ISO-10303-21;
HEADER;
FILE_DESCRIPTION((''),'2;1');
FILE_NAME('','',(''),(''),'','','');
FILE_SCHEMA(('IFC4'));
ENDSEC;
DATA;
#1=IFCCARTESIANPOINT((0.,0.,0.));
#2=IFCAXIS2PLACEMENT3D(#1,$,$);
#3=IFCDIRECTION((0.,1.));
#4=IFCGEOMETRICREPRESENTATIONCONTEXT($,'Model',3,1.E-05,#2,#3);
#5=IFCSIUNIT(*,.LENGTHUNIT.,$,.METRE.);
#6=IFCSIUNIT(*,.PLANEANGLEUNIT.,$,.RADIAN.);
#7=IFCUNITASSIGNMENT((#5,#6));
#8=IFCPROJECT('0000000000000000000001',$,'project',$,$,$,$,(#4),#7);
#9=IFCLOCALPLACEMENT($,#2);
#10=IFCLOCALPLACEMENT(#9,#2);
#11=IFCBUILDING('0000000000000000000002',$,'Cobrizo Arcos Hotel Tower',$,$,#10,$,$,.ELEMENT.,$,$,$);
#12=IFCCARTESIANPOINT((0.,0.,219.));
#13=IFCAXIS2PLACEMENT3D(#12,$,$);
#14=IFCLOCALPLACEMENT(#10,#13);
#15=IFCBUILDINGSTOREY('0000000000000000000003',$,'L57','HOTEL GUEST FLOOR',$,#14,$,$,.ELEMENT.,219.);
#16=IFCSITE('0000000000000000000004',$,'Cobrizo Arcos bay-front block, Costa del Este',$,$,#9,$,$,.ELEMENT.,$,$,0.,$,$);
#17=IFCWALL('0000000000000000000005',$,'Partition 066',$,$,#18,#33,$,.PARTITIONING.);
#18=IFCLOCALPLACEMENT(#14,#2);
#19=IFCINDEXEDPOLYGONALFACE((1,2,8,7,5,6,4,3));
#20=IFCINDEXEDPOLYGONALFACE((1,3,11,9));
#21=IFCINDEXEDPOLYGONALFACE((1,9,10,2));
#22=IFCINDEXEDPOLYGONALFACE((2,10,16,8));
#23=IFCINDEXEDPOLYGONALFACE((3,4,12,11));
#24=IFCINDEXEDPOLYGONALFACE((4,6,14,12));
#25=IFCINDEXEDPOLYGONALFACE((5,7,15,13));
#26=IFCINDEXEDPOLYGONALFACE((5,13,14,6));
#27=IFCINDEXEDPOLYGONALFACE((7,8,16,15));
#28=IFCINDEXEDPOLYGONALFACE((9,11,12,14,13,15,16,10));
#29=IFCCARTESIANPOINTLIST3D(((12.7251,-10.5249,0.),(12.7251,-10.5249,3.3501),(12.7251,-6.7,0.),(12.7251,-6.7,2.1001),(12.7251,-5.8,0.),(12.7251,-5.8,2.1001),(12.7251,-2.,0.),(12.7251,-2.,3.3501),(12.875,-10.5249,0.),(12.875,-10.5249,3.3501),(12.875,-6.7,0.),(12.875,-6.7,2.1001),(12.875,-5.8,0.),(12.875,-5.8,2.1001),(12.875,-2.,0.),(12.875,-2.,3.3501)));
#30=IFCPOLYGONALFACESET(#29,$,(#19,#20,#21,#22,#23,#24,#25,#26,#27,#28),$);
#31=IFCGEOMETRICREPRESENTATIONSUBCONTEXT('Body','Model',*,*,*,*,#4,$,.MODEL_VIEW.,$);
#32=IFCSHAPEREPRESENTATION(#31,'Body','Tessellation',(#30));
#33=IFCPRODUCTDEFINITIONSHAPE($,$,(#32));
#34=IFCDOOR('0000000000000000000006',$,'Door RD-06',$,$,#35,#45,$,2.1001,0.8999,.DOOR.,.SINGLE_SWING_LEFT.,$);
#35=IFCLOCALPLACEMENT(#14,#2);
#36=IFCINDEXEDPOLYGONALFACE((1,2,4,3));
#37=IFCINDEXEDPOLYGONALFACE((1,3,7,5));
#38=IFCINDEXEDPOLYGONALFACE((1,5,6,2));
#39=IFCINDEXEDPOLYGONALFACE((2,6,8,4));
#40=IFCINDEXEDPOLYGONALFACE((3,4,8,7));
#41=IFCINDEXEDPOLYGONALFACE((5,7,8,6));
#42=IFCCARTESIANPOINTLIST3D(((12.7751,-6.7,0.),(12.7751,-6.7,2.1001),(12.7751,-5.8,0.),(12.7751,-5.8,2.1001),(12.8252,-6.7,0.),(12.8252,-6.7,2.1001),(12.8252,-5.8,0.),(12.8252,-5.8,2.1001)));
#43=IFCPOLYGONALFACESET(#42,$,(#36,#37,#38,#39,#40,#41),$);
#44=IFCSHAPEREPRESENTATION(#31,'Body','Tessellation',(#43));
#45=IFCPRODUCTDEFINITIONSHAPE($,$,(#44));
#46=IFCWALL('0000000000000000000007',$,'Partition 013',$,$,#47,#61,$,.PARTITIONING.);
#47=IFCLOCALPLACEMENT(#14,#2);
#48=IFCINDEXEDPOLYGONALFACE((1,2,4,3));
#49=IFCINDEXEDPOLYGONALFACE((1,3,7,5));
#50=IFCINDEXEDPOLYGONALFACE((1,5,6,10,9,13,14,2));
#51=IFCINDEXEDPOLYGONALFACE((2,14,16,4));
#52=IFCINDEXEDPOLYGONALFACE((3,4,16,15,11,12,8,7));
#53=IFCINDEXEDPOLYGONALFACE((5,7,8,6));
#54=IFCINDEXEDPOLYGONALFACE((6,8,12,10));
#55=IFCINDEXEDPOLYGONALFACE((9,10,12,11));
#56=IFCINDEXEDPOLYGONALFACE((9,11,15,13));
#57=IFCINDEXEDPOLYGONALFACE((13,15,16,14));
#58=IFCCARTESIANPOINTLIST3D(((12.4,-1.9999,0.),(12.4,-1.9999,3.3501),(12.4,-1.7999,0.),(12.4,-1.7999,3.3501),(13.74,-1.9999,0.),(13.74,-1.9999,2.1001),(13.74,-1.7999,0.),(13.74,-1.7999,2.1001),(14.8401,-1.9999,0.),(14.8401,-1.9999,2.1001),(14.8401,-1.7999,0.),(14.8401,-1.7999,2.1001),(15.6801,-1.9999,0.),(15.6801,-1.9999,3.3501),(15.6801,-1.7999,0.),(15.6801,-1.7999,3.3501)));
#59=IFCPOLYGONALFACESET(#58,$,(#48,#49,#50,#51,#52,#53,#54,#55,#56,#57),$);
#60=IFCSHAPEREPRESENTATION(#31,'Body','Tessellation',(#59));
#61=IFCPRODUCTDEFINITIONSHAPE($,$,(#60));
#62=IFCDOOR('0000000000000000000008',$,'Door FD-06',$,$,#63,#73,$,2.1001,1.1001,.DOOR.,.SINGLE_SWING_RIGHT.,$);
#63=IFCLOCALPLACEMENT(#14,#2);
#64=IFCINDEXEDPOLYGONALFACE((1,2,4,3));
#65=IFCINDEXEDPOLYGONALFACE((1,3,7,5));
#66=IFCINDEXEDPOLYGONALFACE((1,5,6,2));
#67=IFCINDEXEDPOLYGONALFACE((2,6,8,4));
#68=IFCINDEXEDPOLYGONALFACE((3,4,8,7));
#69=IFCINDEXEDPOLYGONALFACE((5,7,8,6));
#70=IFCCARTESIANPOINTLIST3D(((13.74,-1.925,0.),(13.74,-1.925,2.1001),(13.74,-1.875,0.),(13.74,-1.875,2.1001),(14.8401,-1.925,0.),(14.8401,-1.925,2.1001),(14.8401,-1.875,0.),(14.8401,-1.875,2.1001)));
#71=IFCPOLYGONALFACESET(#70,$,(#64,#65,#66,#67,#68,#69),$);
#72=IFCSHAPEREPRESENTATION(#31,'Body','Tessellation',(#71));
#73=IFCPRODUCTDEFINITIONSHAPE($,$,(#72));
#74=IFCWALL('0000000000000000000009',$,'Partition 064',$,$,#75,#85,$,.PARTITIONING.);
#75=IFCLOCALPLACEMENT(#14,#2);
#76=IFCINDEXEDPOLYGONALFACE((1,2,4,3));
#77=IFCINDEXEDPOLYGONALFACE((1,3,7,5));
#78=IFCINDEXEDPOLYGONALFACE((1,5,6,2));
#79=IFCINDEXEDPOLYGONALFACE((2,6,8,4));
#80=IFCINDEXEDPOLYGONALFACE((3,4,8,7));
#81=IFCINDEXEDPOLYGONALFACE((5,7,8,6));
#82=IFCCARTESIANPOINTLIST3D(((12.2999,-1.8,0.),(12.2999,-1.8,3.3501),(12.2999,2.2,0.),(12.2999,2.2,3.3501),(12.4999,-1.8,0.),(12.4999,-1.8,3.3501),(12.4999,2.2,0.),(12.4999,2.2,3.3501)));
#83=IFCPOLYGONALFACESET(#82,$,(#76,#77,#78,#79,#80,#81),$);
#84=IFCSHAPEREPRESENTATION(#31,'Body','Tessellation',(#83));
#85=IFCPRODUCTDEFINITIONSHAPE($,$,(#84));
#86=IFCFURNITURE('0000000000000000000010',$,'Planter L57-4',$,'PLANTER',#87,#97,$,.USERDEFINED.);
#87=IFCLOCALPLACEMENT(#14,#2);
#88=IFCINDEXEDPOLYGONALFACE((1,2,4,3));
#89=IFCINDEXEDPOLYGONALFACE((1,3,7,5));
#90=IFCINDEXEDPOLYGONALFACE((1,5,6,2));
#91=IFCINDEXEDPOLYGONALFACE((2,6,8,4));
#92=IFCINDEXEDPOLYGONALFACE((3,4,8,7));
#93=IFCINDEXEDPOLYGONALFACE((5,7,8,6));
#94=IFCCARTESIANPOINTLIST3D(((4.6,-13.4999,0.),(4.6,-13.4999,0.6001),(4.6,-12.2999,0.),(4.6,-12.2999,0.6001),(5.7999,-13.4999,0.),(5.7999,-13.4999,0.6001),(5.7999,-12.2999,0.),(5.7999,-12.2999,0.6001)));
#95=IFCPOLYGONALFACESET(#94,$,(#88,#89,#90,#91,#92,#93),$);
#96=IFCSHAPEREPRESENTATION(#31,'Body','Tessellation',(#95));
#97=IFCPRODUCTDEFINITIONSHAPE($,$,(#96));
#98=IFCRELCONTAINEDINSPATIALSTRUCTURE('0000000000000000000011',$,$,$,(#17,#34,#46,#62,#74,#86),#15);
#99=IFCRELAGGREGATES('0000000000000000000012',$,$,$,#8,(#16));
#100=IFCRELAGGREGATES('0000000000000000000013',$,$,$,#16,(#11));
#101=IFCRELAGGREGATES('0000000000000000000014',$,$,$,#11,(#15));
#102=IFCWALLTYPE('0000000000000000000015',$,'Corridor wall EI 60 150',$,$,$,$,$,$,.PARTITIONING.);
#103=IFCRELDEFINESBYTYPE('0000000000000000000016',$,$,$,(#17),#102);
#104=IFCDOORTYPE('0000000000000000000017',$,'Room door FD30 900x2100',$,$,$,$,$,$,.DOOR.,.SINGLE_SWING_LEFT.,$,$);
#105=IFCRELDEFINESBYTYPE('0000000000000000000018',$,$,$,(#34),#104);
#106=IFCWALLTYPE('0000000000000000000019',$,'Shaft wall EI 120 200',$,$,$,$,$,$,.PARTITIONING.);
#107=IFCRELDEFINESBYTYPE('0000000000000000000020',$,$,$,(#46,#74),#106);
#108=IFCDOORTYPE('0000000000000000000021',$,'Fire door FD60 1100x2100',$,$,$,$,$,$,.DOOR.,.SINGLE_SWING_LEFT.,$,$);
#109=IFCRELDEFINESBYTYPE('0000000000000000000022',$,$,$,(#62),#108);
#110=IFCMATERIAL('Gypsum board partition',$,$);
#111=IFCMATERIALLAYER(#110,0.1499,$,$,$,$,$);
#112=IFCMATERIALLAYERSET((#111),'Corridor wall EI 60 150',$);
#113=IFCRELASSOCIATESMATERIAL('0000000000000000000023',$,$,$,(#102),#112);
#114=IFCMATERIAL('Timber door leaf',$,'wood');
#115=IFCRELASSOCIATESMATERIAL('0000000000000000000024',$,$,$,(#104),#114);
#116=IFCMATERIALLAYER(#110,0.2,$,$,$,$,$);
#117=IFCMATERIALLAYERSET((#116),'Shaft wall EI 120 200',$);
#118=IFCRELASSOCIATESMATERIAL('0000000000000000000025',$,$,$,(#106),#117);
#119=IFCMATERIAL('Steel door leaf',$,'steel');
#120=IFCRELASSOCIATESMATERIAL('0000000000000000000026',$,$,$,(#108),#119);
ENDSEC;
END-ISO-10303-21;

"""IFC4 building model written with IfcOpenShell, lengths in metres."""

from ifc_helpers import new_model, si_unit, direction, frame, frame_2d, origin, origin_2d, place, context, subcontext, project, spatial, rectangle, extrude, material, layer, layer_set, type_object, element, fill, save


model = new_model("IFC4")

# Units and contexts
model_context = context("Model", 3, precision=1e-05, world=origin(), true_north=direction((0.0, 1.0)))
body_context = subcontext(model_context, "Body", "Model", "MODEL_VIEW")
ifc_project = project(units=[si_unit("LENGTHUNIT", "METRE"), si_unit("PLANEANGLEUNIT", "RADIAN")], contexts=[model_context])

# Site, building, storey
site_placement = place(None, origin())
site = spatial("IfcSite", under=ifc_project, at=site_placement, Name="Cobrizo Arcos bay-front block, Costa del Este", CompositionType="ELEMENT", RefElevation=0.0)
building_placement = place(site_placement, origin())
building = spatial("IfcBuilding", under=site, at=building_placement, Name="Cobrizo Arcos Hotel Tower", CompositionType="ELEMENT")
storey_placement = place(building_placement, frame((0.0, 0.0, 219.0)))
storey = spatial("IfcBuildingStorey", under=building, at=storey_placement, Name="L57", Description="HOTEL GUEST FLOOR", CompositionType="ELEMENT", Elevation=219.0)

# Shared definitions
ifc_material_1 = material(Name="Gypsum board partition")
ifc_layer_1 = layer(ifc_material_1, 0.1499)
ifc_layer_set_1 = layer_set([ifc_layer_1], Name="Corridor wall EI 60 150")
wall_type_1 = type_object("IfcWallType", Name="Corridor wall EI 60 150", PredefinedType="PARTITIONING", material=ifc_layer_set_1)
ifc_material_2 = material(Name="Timber door leaf", Category="wood")

# Walls, openings, doors
wall_1_placement = place(storey_placement, frame((12.8, -10.5249, 0.0), z_axis=(0.0, 0.0, 1.0), x_axis=(0.0, 1.0, 0.0)))
wall_1 = element("IfcWall", 1, at=wall_1_placement, inside=storey, type_object=wall_type_1, Name="Partition 066", PredefinedType="PARTITIONING", context=body_context, shape_type="SweptSolid", body=[
    extrude(rectangle(XDim=8.5249, YDim=0.1499, at=frame_2d((4.2625, 0.0))), origin(), (0.0, 0.0, 1.0), 3.3501),
])
opening_1_placement = place(wall_1_placement, frame((3.825, 0.0, 0.0)))
opening_1 = element("IfcOpeningElement", 2, at=opening_1_placement, cuts=wall_1, PredefinedType="OPENING", context=body_context, shape_type="SweptSolid", body=[
    extrude(rectangle(XDim=0.8999, YDim=2.1001, at=frame_2d((0.45, 1.05))), frame((0.0, 0.0869, 0.0), z_axis=(0.0, -1.0, 0.0), x_axis=(1.0, 0.0, 0.0)), (0.0, 0.0, 1.0), 0.1738),
])
door_type_1 = type_object("IfcDoorType", Name="Room door FD30 900x2100", OperationType="SINGLE_SWING_LEFT", PredefinedType="DOOR", material=ifc_material_2)
door_1_placement = place(opening_1_placement, origin())
door_1 = element("IfcDoor", 3, at=door_1_placement, inside=storey, type_object=door_type_1, Name="Door RD-06", OperationType="SINGLE_SWING_LEFT", OverallHeight=2.1001, OverallWidth=0.8999, PredefinedType="DOOR", context=body_context, shape_type="SweptSolid", body=[
    extrude(rectangle(XDim=0.8999, YDim=2.1001, at=frame_2d((0.45, 1.05))), frame((0.0, 0.0249, 0.0), z_axis=(0.0, -1.0, 0.0), x_axis=(1.0, 0.0, 0.0)), (0.0, 0.0, 1.0), 0.05),
])
fill(opening_1, door_1)
ifc_layer_2 = layer(ifc_material_1, 0.2)
ifc_layer_set_2 = layer_set([ifc_layer_2], Name="Shaft wall EI 120 200")
wall_type_2 = type_object("IfcWallType", Name="Shaft wall EI 120 200", PredefinedType="PARTITIONING", material=ifc_layer_set_2)
wall_2_placement = place(storey_placement, frame((12.3999, -1.8999, 0.0), z_axis=(0.0, 0.0, 1.0), x_axis=(1.0, 0.0, 0.0)))
wall_2 = element("IfcWall", 4, at=wall_2_placement, inside=storey, type_object=wall_type_2, Name="Partition 013", PredefinedType="PARTITIONING", context=body_context, shape_type="SweptSolid", body=[
    extrude(rectangle(XDim=3.28, YDim=0.2, at=frame_2d((1.6401, 0.0))), origin(), (0.0, 0.0, 1.0), 3.3501),
])
opening_2_placement = place(wall_2_placement, frame((1.3401, 0.0, 0.0)))
opening_2 = element("IfcOpeningElement", 5, at=opening_2_placement, cuts=wall_2, PredefinedType="OPENING", context=body_context, shape_type="SweptSolid", body=[
    extrude(rectangle(XDim=1.1001, YDim=2.1001, at=frame_2d((0.55, 1.05))), frame((0.0, 0.1121, 0.0), z_axis=(0.0, -1.0, 0.0), x_axis=(1.0, 0.0, 0.0)), (0.0, 0.0, 1.0), 0.2239),
])
ifc_material_3 = material(Name="Steel door leaf", Category="steel")
door_type_2 = type_object("IfcDoorType", Name="Fire door FD60 1100x2100", OperationType="SINGLE_SWING_LEFT", PredefinedType="DOOR", material=ifc_material_3)
door_2_placement = place(opening_2_placement, origin())
door_2 = element("IfcDoor", 6, at=door_2_placement, inside=storey, type_object=door_type_2, Name="Door FD-06", OperationType="SINGLE_SWING_RIGHT", OverallHeight=2.1001, OverallWidth=1.1001, PredefinedType="DOOR", context=body_context, shape_type="SweptSolid", body=[
    extrude(rectangle(XDim=1.1001, YDim=2.1001, at=frame_2d((0.55, 1.05))), frame((0.0, 0.0249, 0.0), z_axis=(0.0, -1.0, 0.0), x_axis=(1.0, 0.0, 0.0)), (0.0, 0.0, 1.0), 0.05),
])
fill(opening_2, door_2)

# Wall
wall_3_placement = place(storey_placement, frame((12.3999, -1.8, 0.0), z_axis=(0.0, 0.0, 1.0), x_axis=(0.0, 1.0, 0.0)))
element("IfcWall", 7, at=wall_3_placement, inside=storey, type_object=wall_type_2, Name="Partition 064", PredefinedType="PARTITIONING", context=body_context, shape_type="SweptSolid", body=[
    extrude(rectangle(XDim=4.0, YDim=0.2, at=frame_2d((2.0, 0.0))), origin(), (0.0, 0.0, 1.0), 3.3501),
])

# Furniture
furniture_placement = place(storey_placement, frame((5.2, -12.8999, 0.0), z_axis=(0.0, 0.0, 1.0), x_axis=(1.0, 0.0, 0.0)))
element("IfcFurniture", 8, at=furniture_placement, inside=storey, Name="Planter L57-4", ObjectType="PLANTER", PredefinedType="USERDEFINED", context=body_context, shape_type="SweptSolid", body=[
    extrude(rectangle(XDim=1.2, YDim=1.2, at=origin_2d()), origin(), (0.0, 0.0, 1.0), 0.6001),
])

save(model, "model.ifc")
